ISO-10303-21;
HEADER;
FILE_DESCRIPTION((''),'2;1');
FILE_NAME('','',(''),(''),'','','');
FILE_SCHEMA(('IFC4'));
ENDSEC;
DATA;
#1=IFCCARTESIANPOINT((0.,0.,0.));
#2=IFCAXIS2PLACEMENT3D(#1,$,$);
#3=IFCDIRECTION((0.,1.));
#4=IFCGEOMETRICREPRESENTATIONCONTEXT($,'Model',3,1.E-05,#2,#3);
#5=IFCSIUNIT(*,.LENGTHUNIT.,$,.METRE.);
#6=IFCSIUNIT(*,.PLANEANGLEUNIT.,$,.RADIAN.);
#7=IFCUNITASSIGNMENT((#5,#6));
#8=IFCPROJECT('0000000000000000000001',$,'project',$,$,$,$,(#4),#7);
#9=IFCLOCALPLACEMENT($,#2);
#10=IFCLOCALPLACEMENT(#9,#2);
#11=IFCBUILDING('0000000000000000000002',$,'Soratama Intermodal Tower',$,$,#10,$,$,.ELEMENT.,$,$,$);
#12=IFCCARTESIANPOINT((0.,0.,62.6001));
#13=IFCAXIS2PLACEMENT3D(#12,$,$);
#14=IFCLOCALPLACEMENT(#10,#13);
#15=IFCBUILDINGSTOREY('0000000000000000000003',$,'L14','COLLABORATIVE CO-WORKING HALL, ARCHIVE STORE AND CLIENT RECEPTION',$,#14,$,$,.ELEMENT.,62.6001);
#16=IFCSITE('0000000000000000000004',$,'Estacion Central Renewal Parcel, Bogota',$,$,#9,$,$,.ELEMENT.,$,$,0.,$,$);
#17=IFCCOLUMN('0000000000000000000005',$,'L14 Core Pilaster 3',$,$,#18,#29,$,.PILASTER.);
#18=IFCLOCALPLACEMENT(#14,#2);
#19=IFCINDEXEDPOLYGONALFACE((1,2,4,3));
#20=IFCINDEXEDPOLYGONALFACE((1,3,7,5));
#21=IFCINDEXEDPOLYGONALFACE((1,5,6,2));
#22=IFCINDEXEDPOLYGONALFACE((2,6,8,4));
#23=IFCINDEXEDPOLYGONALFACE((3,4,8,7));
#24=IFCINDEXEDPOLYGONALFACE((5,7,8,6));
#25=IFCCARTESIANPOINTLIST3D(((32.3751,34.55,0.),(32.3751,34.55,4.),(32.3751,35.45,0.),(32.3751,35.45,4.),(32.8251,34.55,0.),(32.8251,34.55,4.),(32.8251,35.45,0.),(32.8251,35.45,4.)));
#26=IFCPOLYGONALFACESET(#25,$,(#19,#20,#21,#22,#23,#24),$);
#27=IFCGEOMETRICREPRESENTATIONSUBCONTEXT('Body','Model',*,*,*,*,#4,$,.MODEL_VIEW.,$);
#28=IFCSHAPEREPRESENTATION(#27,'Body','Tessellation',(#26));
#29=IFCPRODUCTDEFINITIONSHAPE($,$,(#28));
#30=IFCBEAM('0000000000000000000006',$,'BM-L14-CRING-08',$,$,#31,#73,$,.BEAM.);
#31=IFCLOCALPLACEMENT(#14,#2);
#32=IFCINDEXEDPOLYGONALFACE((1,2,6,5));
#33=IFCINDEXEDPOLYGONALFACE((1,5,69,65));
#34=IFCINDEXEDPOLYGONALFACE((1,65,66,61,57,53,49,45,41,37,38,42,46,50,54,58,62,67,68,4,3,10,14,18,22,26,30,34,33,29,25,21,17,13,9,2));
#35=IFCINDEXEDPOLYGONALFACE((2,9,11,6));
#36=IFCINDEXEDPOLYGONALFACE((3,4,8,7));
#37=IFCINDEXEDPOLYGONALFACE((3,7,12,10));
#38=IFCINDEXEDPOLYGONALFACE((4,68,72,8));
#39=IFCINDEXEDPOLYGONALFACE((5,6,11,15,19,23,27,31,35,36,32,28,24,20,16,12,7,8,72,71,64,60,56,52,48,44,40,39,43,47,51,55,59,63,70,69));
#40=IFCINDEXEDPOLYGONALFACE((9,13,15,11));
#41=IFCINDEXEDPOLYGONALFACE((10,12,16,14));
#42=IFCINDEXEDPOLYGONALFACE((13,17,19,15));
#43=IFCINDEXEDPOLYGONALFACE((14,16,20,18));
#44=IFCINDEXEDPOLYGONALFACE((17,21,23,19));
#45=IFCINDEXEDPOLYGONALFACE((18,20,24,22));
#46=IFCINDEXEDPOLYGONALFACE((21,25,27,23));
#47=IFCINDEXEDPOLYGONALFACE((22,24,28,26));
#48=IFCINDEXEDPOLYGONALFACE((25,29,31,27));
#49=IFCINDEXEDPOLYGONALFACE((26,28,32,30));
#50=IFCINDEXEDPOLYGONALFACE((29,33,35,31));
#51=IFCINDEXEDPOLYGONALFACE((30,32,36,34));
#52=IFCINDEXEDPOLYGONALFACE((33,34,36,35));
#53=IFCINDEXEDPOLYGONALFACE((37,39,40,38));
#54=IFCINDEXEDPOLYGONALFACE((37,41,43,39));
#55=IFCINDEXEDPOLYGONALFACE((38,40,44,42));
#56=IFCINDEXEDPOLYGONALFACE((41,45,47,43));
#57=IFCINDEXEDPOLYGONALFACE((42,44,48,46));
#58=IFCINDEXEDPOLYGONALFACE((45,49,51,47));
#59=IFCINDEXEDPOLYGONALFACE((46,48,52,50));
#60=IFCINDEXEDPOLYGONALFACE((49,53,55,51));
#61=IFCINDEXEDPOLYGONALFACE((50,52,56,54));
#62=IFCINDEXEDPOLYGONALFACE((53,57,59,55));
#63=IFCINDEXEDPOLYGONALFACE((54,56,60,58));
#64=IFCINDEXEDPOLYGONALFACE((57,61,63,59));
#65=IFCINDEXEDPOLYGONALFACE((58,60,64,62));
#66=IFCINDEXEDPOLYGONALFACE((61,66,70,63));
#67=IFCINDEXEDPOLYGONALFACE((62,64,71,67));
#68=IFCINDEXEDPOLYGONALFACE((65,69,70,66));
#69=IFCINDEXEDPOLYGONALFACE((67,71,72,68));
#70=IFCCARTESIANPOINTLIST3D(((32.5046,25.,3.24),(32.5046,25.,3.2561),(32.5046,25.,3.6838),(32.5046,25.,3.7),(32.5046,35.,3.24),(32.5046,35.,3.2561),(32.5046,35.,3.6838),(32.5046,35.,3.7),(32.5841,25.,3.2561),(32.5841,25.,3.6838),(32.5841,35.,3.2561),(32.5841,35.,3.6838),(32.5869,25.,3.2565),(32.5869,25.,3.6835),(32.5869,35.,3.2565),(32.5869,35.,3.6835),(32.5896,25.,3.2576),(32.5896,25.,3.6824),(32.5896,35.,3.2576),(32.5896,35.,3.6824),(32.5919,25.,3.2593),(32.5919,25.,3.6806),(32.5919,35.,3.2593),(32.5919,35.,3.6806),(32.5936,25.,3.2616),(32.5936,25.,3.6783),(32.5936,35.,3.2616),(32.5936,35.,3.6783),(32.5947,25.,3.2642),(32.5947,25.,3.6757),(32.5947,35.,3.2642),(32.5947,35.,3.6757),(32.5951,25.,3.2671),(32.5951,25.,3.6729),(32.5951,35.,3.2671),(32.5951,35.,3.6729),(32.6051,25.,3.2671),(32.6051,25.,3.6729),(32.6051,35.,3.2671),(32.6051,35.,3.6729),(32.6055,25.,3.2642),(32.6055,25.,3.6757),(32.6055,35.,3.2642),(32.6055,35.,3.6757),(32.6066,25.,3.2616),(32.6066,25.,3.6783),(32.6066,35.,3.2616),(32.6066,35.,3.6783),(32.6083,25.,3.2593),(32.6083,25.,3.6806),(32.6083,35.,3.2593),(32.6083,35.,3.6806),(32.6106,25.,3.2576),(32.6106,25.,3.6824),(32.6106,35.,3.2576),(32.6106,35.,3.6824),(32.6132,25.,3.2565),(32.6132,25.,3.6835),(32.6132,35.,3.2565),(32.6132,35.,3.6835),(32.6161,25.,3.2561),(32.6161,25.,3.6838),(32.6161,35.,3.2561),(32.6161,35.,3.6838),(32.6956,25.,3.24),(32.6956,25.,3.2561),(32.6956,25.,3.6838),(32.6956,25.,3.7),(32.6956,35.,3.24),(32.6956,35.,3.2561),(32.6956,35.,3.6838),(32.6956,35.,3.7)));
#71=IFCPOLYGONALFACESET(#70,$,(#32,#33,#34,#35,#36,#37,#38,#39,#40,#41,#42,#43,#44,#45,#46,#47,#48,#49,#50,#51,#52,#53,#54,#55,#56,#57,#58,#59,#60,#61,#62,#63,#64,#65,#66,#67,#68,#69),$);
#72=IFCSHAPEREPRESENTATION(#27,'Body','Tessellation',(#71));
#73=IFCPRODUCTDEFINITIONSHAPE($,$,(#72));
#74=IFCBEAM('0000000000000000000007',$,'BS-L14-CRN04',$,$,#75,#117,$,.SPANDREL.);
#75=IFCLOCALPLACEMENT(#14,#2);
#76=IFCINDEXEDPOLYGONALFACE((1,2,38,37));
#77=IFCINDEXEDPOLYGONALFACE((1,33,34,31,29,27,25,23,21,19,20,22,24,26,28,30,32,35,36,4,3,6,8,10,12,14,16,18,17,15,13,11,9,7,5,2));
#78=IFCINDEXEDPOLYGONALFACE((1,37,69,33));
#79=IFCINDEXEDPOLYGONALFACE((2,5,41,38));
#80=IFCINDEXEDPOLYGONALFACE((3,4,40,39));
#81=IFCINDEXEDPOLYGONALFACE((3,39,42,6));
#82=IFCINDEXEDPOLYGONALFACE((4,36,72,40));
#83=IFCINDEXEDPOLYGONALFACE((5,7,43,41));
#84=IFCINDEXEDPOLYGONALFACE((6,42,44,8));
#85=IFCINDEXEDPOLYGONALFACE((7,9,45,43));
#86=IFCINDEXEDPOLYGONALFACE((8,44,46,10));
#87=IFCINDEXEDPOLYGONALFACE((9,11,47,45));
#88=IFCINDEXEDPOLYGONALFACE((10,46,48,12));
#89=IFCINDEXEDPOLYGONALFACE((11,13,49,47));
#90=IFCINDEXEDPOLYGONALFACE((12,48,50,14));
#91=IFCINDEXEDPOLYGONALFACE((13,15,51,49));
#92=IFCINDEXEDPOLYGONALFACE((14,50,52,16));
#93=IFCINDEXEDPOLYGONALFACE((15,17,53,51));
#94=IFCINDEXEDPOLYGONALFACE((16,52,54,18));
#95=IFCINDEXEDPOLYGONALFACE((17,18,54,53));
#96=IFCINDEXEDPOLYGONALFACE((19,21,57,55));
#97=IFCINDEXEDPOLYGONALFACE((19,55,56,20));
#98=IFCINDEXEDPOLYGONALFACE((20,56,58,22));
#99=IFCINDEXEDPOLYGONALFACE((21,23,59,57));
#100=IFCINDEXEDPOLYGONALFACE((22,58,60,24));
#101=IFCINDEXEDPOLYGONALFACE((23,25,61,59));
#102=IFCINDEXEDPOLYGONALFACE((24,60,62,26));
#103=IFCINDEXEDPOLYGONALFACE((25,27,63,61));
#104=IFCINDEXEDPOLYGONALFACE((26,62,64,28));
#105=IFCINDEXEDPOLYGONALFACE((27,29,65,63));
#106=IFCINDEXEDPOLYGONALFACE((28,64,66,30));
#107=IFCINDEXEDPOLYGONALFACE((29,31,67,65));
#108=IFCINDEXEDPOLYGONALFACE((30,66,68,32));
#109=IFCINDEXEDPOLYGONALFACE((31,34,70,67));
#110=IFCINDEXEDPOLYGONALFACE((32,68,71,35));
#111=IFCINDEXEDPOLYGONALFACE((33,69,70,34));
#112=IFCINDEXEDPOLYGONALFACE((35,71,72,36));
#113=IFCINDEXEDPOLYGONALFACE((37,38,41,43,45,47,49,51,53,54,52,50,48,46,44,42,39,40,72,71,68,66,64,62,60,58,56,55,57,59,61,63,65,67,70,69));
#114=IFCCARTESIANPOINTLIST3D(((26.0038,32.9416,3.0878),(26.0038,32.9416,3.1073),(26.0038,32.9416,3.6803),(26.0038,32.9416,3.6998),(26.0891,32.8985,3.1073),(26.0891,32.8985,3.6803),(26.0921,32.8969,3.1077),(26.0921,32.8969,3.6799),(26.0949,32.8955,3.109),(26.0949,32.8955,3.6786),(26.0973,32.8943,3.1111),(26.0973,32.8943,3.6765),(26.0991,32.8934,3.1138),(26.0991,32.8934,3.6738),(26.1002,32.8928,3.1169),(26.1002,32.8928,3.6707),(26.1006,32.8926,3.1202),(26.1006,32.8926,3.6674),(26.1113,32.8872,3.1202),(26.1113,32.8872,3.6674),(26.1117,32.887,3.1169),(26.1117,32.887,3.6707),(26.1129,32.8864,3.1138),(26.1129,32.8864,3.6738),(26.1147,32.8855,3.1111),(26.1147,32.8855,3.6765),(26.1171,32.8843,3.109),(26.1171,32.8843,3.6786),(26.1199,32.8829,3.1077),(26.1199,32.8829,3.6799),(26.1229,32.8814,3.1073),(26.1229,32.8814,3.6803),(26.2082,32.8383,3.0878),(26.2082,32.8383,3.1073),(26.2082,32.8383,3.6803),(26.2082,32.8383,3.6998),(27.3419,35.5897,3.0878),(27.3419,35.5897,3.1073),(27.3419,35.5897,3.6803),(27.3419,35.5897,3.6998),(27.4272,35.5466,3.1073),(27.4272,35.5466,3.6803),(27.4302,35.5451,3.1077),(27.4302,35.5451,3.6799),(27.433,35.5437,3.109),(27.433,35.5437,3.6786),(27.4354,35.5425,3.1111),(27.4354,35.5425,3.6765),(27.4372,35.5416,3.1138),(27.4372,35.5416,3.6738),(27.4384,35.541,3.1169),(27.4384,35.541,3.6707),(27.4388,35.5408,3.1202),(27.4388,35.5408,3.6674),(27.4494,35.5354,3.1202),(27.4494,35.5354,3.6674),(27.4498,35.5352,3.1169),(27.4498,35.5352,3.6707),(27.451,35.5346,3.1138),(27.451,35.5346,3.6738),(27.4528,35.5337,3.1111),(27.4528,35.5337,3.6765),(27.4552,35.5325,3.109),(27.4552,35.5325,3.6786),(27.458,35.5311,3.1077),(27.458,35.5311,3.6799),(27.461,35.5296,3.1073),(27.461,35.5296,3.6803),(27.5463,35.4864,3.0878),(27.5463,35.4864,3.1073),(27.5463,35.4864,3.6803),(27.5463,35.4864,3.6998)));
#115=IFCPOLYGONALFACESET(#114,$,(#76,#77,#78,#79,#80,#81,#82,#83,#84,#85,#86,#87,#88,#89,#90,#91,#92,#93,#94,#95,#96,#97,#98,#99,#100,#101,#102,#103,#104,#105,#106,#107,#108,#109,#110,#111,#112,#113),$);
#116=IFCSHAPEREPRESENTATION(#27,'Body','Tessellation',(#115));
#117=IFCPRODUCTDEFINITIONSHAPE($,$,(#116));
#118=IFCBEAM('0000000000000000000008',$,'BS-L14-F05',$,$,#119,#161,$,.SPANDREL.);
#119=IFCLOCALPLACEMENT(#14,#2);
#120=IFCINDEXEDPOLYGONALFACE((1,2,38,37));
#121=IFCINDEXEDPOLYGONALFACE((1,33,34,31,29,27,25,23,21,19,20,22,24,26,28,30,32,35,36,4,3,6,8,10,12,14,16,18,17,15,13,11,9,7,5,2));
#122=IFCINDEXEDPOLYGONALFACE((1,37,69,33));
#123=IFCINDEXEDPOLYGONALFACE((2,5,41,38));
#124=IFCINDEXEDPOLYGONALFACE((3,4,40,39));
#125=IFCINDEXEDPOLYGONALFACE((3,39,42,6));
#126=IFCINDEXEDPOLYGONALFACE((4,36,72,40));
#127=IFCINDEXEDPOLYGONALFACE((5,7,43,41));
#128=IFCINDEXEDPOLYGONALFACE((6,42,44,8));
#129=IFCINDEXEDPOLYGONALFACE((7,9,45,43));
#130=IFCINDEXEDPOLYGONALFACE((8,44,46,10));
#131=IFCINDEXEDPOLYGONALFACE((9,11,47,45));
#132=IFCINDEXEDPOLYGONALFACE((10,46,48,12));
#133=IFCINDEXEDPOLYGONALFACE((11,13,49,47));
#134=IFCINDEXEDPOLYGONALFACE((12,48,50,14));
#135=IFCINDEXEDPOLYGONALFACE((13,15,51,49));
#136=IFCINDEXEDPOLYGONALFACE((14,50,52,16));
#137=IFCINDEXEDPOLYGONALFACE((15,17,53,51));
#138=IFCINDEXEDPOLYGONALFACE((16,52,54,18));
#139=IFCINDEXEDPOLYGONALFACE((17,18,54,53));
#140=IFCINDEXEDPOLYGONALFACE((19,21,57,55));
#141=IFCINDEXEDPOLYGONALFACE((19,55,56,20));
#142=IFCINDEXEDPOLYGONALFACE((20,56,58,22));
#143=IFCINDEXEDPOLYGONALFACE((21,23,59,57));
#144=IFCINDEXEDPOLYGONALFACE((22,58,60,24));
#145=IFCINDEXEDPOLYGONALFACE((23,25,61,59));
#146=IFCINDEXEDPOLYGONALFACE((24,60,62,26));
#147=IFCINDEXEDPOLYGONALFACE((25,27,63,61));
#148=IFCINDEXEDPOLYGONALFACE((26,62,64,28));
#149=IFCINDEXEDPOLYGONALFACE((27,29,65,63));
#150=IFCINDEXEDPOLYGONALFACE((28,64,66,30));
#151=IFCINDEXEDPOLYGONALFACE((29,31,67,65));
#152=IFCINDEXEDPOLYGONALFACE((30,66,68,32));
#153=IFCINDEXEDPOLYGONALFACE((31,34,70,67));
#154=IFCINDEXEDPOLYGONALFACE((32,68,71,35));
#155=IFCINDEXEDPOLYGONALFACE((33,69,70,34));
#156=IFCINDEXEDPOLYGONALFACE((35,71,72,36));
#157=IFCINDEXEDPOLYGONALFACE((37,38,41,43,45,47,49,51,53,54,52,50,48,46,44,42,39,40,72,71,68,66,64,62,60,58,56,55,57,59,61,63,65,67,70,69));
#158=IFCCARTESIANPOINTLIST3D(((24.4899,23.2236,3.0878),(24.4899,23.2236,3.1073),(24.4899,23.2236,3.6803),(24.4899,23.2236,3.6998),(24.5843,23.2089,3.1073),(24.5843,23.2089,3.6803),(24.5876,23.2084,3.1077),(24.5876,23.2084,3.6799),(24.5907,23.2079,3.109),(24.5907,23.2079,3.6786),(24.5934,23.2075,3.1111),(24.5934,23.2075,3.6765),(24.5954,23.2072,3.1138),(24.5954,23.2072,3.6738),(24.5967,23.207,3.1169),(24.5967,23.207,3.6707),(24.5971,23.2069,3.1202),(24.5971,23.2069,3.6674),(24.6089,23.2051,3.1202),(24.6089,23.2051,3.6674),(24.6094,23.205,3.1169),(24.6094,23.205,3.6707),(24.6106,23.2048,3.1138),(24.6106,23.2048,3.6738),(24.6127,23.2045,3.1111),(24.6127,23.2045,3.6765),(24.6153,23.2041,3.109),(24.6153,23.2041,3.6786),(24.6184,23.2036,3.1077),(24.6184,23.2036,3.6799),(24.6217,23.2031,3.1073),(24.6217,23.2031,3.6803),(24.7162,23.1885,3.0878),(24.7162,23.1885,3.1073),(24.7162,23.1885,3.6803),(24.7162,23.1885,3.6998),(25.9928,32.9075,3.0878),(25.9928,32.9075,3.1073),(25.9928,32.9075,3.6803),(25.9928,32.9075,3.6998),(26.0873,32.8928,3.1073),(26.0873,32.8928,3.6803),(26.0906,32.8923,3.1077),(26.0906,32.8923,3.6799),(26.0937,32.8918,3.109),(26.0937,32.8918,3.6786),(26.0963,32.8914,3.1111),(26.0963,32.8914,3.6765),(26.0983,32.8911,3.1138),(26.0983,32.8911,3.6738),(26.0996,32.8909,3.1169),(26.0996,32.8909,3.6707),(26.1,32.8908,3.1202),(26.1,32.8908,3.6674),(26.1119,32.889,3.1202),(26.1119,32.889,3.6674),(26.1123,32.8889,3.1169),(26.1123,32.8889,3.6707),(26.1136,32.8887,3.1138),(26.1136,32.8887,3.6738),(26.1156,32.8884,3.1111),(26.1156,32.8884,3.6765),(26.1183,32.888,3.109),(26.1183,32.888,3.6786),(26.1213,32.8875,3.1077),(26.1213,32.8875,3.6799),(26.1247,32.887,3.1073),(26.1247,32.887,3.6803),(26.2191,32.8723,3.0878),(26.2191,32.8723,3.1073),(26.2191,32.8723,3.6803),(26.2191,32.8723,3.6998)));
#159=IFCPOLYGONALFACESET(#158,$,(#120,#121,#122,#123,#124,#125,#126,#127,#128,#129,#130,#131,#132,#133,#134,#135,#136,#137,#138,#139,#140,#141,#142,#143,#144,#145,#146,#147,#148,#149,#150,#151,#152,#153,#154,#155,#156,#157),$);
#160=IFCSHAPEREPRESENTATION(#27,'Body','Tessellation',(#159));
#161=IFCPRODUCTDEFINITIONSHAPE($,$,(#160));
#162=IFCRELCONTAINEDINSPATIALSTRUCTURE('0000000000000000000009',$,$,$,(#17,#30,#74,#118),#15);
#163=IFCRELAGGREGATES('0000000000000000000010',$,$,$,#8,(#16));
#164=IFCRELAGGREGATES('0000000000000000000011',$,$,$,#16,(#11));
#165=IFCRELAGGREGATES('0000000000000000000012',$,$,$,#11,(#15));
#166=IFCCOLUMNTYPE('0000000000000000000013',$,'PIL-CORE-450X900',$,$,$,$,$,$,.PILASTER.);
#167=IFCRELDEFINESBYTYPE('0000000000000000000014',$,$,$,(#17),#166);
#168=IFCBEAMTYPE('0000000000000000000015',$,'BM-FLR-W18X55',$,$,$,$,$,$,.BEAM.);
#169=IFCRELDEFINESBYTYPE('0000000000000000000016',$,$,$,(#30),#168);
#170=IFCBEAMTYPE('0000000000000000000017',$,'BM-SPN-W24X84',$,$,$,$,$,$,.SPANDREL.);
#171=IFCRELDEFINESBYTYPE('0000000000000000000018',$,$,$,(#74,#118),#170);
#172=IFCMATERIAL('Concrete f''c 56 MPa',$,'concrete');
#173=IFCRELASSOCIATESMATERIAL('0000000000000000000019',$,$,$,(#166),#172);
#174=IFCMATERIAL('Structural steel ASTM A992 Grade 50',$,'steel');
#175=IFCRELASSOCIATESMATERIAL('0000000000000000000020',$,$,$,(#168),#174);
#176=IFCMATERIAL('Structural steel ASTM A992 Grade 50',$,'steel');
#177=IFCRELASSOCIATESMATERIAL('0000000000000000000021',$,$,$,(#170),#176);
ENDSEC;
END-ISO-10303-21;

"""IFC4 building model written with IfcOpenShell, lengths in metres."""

from ifc_helpers import new_model, si_unit, direction, frame, origin, origin_2d, place, context, subcontext, project, spatial, rectangle, i_section, extrude, material, material_profile, profile_set, type_object, element, save


model = new_model("IFC4")

# Units and contexts
model_context = context("Model", 3, precision=1e-05, world=origin(), true_north=direction((0.0, 1.0)))
body_context = subcontext(model_context, "Body", "Model", "MODEL_VIEW")
ifc_project = project(units=[si_unit("LENGTHUNIT", "METRE"), si_unit("PLANEANGLEUNIT", "RADIAN")], contexts=[model_context])

# Site, building, storey
site_placement = place(None, origin())
site = spatial("IfcSite", under=ifc_project, at=site_placement, Name="Estacion Central Renewal Parcel, Bogota", CompositionType="ELEMENT", RefElevation=0.0)
building_placement = place(site_placement, origin())
building = spatial("IfcBuilding", under=site, at=building_placement, Name="Soratama Intermodal Tower", CompositionType="ELEMENT")
storey_placement = place(building_placement, frame((0.0, 0.0, 62.6001)))
storey = spatial("IfcBuildingStorey", under=building, at=storey_placement, Name="L14", Description="COLLABORATIVE CO-WORKING HALL, ARCHIVE STORE AND CLIENT RECEPTION", CompositionType="ELEMENT", Elevation=62.6001)

# Column
ifc_material_1 = material(Name="Concrete f'c 56 MPa", Category="concrete")
ifc_material_profile_1 = material_profile(ifc_material_1, rectangle(XDim=0.45, YDim=0.8999, at=origin_2d()), Name="RC450X900")
ifc_profile_set_1 = profile_set([ifc_material_profile_1], Name="Concrete f'c 56 MPa")
column_type = type_object("IfcColumnType", Name="PIL-CORE-450X900", PredefinedType="PILASTER", material=ifc_profile_set_1)
column_placement = place(storey_placement, frame((32.6001, 35.0, 0.0), z_axis=(0.0, 0.0, 1.0), x_axis=(1.0, 0.0, 0.0)))
element("IfcColumn", 1, at=column_placement, inside=storey, type_object=column_type, Name="L14 Core Pilaster 3", PredefinedType="PILASTER", context=body_context, shape_type="SweptSolid", body=[
    extrude(rectangle(XDim=0.45, YDim=0.8999, at=origin_2d()), origin(), (0.0, 0.0, 1.0), 4.0),
])

# Beams
ifc_material_2 = material(Name="Structural steel ASTM A992 Grade 50", Category="steel")
ifc_material_profile_2 = material_profile(ifc_material_2, i_section(OverallWidth=0.1909, OverallDepth=0.46, WebThickness=0.01, FlangeThickness=0.0161, FilletRadius=0.011, at=origin_2d()), Name="W18X55")
ifc_profile_set_2 = profile_set([ifc_material_profile_2], Name="Structural steel ASTM A992 Grade 50")
beam_type_1 = type_object("IfcBeamType", Name="BM-FLR-W18X55", PredefinedType="BEAM", material=ifc_profile_set_2)
beam_1_placement = place(storey_placement, frame((32.6001, 35.0, 3.47), z_axis=(0.0, -1.0, 0.0), x_axis=(1.0, 0.0, 0.0)))
element("IfcBeam", 2, at=beam_1_placement, inside=storey, type_object=beam_type_1, Name="BM-L14-CRING-08", PredefinedType="BEAM", context=body_context, shape_type="SweptSolid", body=[
    extrude(i_section(OverallWidth=0.1909, OverallDepth=0.46, WebThickness=0.01, FlangeThickness=0.0161, FilletRadius=0.011, at=origin_2d()), origin(), (0.0, 0.0, 1.0), 10.0),
])
ifc_material_3 = material(Name="Structural steel ASTM A992 Grade 50", Category="steel")
ifc_material_profile_3 = material_profile(ifc_material_3, i_section(OverallWidth=0.229, OverallDepth=0.6121, WebThickness=0.012, FlangeThickness=0.0195, FilletRadius=0.0129, at=origin_2d()), Name="W24X84")
ifc_profile_set_3 = profile_set([ifc_material_profile_3], Name="Structural steel ASTM A992 Grade 50")
beam_type_2 = type_object("IfcBeamType", Name="BM-SPN-W24X84", PredefinedType="SPANDREL", material=ifc_profile_set_3)
beam_2_placement = place(storey_placement, frame((27.4441, 35.5381, 3.3938), z_axis=(-0.450995, -0.892527, 0.0), x_axis=(0.892527, -0.450995, 0.0)))
element("IfcBeam", 3, at=beam_2_placement, inside=storey, type_object=beam_type_2, Name="BS-L14-CRN04", PredefinedType="SPANDREL", context=body_context, shape_type="SweptSolid", body=[
    extrude(i_section(OverallWidth=0.229, OverallDepth=0.6121, WebThickness=0.012, FlangeThickness=0.0195, FilletRadius=0.0129, at=origin_2d()), origin(), (0.0, 0.0, 1.0), 2.967),
])
beam_3_placement = place(storey_placement, frame((26.106, 32.8899, 3.3938), z_axis=(-0.153364, -0.98817, 0.0), x_axis=(0.98817, -0.153364, 0.0)))
element("IfcBeam", 4, at=beam_3_placement, inside=storey, type_object=beam_type_2, Name="BS-L14-F05", PredefinedType="SPANDREL", context=body_context, shape_type="SweptSolid", body=[
    extrude(i_section(OverallWidth=0.229, OverallDepth=0.6121, WebThickness=0.012, FlangeThickness=0.0195, FilletRadius=0.0129, at=origin_2d()), origin(), (0.0, 0.0, 1.0), 9.7998),
])

save(model, "model.ifc")
